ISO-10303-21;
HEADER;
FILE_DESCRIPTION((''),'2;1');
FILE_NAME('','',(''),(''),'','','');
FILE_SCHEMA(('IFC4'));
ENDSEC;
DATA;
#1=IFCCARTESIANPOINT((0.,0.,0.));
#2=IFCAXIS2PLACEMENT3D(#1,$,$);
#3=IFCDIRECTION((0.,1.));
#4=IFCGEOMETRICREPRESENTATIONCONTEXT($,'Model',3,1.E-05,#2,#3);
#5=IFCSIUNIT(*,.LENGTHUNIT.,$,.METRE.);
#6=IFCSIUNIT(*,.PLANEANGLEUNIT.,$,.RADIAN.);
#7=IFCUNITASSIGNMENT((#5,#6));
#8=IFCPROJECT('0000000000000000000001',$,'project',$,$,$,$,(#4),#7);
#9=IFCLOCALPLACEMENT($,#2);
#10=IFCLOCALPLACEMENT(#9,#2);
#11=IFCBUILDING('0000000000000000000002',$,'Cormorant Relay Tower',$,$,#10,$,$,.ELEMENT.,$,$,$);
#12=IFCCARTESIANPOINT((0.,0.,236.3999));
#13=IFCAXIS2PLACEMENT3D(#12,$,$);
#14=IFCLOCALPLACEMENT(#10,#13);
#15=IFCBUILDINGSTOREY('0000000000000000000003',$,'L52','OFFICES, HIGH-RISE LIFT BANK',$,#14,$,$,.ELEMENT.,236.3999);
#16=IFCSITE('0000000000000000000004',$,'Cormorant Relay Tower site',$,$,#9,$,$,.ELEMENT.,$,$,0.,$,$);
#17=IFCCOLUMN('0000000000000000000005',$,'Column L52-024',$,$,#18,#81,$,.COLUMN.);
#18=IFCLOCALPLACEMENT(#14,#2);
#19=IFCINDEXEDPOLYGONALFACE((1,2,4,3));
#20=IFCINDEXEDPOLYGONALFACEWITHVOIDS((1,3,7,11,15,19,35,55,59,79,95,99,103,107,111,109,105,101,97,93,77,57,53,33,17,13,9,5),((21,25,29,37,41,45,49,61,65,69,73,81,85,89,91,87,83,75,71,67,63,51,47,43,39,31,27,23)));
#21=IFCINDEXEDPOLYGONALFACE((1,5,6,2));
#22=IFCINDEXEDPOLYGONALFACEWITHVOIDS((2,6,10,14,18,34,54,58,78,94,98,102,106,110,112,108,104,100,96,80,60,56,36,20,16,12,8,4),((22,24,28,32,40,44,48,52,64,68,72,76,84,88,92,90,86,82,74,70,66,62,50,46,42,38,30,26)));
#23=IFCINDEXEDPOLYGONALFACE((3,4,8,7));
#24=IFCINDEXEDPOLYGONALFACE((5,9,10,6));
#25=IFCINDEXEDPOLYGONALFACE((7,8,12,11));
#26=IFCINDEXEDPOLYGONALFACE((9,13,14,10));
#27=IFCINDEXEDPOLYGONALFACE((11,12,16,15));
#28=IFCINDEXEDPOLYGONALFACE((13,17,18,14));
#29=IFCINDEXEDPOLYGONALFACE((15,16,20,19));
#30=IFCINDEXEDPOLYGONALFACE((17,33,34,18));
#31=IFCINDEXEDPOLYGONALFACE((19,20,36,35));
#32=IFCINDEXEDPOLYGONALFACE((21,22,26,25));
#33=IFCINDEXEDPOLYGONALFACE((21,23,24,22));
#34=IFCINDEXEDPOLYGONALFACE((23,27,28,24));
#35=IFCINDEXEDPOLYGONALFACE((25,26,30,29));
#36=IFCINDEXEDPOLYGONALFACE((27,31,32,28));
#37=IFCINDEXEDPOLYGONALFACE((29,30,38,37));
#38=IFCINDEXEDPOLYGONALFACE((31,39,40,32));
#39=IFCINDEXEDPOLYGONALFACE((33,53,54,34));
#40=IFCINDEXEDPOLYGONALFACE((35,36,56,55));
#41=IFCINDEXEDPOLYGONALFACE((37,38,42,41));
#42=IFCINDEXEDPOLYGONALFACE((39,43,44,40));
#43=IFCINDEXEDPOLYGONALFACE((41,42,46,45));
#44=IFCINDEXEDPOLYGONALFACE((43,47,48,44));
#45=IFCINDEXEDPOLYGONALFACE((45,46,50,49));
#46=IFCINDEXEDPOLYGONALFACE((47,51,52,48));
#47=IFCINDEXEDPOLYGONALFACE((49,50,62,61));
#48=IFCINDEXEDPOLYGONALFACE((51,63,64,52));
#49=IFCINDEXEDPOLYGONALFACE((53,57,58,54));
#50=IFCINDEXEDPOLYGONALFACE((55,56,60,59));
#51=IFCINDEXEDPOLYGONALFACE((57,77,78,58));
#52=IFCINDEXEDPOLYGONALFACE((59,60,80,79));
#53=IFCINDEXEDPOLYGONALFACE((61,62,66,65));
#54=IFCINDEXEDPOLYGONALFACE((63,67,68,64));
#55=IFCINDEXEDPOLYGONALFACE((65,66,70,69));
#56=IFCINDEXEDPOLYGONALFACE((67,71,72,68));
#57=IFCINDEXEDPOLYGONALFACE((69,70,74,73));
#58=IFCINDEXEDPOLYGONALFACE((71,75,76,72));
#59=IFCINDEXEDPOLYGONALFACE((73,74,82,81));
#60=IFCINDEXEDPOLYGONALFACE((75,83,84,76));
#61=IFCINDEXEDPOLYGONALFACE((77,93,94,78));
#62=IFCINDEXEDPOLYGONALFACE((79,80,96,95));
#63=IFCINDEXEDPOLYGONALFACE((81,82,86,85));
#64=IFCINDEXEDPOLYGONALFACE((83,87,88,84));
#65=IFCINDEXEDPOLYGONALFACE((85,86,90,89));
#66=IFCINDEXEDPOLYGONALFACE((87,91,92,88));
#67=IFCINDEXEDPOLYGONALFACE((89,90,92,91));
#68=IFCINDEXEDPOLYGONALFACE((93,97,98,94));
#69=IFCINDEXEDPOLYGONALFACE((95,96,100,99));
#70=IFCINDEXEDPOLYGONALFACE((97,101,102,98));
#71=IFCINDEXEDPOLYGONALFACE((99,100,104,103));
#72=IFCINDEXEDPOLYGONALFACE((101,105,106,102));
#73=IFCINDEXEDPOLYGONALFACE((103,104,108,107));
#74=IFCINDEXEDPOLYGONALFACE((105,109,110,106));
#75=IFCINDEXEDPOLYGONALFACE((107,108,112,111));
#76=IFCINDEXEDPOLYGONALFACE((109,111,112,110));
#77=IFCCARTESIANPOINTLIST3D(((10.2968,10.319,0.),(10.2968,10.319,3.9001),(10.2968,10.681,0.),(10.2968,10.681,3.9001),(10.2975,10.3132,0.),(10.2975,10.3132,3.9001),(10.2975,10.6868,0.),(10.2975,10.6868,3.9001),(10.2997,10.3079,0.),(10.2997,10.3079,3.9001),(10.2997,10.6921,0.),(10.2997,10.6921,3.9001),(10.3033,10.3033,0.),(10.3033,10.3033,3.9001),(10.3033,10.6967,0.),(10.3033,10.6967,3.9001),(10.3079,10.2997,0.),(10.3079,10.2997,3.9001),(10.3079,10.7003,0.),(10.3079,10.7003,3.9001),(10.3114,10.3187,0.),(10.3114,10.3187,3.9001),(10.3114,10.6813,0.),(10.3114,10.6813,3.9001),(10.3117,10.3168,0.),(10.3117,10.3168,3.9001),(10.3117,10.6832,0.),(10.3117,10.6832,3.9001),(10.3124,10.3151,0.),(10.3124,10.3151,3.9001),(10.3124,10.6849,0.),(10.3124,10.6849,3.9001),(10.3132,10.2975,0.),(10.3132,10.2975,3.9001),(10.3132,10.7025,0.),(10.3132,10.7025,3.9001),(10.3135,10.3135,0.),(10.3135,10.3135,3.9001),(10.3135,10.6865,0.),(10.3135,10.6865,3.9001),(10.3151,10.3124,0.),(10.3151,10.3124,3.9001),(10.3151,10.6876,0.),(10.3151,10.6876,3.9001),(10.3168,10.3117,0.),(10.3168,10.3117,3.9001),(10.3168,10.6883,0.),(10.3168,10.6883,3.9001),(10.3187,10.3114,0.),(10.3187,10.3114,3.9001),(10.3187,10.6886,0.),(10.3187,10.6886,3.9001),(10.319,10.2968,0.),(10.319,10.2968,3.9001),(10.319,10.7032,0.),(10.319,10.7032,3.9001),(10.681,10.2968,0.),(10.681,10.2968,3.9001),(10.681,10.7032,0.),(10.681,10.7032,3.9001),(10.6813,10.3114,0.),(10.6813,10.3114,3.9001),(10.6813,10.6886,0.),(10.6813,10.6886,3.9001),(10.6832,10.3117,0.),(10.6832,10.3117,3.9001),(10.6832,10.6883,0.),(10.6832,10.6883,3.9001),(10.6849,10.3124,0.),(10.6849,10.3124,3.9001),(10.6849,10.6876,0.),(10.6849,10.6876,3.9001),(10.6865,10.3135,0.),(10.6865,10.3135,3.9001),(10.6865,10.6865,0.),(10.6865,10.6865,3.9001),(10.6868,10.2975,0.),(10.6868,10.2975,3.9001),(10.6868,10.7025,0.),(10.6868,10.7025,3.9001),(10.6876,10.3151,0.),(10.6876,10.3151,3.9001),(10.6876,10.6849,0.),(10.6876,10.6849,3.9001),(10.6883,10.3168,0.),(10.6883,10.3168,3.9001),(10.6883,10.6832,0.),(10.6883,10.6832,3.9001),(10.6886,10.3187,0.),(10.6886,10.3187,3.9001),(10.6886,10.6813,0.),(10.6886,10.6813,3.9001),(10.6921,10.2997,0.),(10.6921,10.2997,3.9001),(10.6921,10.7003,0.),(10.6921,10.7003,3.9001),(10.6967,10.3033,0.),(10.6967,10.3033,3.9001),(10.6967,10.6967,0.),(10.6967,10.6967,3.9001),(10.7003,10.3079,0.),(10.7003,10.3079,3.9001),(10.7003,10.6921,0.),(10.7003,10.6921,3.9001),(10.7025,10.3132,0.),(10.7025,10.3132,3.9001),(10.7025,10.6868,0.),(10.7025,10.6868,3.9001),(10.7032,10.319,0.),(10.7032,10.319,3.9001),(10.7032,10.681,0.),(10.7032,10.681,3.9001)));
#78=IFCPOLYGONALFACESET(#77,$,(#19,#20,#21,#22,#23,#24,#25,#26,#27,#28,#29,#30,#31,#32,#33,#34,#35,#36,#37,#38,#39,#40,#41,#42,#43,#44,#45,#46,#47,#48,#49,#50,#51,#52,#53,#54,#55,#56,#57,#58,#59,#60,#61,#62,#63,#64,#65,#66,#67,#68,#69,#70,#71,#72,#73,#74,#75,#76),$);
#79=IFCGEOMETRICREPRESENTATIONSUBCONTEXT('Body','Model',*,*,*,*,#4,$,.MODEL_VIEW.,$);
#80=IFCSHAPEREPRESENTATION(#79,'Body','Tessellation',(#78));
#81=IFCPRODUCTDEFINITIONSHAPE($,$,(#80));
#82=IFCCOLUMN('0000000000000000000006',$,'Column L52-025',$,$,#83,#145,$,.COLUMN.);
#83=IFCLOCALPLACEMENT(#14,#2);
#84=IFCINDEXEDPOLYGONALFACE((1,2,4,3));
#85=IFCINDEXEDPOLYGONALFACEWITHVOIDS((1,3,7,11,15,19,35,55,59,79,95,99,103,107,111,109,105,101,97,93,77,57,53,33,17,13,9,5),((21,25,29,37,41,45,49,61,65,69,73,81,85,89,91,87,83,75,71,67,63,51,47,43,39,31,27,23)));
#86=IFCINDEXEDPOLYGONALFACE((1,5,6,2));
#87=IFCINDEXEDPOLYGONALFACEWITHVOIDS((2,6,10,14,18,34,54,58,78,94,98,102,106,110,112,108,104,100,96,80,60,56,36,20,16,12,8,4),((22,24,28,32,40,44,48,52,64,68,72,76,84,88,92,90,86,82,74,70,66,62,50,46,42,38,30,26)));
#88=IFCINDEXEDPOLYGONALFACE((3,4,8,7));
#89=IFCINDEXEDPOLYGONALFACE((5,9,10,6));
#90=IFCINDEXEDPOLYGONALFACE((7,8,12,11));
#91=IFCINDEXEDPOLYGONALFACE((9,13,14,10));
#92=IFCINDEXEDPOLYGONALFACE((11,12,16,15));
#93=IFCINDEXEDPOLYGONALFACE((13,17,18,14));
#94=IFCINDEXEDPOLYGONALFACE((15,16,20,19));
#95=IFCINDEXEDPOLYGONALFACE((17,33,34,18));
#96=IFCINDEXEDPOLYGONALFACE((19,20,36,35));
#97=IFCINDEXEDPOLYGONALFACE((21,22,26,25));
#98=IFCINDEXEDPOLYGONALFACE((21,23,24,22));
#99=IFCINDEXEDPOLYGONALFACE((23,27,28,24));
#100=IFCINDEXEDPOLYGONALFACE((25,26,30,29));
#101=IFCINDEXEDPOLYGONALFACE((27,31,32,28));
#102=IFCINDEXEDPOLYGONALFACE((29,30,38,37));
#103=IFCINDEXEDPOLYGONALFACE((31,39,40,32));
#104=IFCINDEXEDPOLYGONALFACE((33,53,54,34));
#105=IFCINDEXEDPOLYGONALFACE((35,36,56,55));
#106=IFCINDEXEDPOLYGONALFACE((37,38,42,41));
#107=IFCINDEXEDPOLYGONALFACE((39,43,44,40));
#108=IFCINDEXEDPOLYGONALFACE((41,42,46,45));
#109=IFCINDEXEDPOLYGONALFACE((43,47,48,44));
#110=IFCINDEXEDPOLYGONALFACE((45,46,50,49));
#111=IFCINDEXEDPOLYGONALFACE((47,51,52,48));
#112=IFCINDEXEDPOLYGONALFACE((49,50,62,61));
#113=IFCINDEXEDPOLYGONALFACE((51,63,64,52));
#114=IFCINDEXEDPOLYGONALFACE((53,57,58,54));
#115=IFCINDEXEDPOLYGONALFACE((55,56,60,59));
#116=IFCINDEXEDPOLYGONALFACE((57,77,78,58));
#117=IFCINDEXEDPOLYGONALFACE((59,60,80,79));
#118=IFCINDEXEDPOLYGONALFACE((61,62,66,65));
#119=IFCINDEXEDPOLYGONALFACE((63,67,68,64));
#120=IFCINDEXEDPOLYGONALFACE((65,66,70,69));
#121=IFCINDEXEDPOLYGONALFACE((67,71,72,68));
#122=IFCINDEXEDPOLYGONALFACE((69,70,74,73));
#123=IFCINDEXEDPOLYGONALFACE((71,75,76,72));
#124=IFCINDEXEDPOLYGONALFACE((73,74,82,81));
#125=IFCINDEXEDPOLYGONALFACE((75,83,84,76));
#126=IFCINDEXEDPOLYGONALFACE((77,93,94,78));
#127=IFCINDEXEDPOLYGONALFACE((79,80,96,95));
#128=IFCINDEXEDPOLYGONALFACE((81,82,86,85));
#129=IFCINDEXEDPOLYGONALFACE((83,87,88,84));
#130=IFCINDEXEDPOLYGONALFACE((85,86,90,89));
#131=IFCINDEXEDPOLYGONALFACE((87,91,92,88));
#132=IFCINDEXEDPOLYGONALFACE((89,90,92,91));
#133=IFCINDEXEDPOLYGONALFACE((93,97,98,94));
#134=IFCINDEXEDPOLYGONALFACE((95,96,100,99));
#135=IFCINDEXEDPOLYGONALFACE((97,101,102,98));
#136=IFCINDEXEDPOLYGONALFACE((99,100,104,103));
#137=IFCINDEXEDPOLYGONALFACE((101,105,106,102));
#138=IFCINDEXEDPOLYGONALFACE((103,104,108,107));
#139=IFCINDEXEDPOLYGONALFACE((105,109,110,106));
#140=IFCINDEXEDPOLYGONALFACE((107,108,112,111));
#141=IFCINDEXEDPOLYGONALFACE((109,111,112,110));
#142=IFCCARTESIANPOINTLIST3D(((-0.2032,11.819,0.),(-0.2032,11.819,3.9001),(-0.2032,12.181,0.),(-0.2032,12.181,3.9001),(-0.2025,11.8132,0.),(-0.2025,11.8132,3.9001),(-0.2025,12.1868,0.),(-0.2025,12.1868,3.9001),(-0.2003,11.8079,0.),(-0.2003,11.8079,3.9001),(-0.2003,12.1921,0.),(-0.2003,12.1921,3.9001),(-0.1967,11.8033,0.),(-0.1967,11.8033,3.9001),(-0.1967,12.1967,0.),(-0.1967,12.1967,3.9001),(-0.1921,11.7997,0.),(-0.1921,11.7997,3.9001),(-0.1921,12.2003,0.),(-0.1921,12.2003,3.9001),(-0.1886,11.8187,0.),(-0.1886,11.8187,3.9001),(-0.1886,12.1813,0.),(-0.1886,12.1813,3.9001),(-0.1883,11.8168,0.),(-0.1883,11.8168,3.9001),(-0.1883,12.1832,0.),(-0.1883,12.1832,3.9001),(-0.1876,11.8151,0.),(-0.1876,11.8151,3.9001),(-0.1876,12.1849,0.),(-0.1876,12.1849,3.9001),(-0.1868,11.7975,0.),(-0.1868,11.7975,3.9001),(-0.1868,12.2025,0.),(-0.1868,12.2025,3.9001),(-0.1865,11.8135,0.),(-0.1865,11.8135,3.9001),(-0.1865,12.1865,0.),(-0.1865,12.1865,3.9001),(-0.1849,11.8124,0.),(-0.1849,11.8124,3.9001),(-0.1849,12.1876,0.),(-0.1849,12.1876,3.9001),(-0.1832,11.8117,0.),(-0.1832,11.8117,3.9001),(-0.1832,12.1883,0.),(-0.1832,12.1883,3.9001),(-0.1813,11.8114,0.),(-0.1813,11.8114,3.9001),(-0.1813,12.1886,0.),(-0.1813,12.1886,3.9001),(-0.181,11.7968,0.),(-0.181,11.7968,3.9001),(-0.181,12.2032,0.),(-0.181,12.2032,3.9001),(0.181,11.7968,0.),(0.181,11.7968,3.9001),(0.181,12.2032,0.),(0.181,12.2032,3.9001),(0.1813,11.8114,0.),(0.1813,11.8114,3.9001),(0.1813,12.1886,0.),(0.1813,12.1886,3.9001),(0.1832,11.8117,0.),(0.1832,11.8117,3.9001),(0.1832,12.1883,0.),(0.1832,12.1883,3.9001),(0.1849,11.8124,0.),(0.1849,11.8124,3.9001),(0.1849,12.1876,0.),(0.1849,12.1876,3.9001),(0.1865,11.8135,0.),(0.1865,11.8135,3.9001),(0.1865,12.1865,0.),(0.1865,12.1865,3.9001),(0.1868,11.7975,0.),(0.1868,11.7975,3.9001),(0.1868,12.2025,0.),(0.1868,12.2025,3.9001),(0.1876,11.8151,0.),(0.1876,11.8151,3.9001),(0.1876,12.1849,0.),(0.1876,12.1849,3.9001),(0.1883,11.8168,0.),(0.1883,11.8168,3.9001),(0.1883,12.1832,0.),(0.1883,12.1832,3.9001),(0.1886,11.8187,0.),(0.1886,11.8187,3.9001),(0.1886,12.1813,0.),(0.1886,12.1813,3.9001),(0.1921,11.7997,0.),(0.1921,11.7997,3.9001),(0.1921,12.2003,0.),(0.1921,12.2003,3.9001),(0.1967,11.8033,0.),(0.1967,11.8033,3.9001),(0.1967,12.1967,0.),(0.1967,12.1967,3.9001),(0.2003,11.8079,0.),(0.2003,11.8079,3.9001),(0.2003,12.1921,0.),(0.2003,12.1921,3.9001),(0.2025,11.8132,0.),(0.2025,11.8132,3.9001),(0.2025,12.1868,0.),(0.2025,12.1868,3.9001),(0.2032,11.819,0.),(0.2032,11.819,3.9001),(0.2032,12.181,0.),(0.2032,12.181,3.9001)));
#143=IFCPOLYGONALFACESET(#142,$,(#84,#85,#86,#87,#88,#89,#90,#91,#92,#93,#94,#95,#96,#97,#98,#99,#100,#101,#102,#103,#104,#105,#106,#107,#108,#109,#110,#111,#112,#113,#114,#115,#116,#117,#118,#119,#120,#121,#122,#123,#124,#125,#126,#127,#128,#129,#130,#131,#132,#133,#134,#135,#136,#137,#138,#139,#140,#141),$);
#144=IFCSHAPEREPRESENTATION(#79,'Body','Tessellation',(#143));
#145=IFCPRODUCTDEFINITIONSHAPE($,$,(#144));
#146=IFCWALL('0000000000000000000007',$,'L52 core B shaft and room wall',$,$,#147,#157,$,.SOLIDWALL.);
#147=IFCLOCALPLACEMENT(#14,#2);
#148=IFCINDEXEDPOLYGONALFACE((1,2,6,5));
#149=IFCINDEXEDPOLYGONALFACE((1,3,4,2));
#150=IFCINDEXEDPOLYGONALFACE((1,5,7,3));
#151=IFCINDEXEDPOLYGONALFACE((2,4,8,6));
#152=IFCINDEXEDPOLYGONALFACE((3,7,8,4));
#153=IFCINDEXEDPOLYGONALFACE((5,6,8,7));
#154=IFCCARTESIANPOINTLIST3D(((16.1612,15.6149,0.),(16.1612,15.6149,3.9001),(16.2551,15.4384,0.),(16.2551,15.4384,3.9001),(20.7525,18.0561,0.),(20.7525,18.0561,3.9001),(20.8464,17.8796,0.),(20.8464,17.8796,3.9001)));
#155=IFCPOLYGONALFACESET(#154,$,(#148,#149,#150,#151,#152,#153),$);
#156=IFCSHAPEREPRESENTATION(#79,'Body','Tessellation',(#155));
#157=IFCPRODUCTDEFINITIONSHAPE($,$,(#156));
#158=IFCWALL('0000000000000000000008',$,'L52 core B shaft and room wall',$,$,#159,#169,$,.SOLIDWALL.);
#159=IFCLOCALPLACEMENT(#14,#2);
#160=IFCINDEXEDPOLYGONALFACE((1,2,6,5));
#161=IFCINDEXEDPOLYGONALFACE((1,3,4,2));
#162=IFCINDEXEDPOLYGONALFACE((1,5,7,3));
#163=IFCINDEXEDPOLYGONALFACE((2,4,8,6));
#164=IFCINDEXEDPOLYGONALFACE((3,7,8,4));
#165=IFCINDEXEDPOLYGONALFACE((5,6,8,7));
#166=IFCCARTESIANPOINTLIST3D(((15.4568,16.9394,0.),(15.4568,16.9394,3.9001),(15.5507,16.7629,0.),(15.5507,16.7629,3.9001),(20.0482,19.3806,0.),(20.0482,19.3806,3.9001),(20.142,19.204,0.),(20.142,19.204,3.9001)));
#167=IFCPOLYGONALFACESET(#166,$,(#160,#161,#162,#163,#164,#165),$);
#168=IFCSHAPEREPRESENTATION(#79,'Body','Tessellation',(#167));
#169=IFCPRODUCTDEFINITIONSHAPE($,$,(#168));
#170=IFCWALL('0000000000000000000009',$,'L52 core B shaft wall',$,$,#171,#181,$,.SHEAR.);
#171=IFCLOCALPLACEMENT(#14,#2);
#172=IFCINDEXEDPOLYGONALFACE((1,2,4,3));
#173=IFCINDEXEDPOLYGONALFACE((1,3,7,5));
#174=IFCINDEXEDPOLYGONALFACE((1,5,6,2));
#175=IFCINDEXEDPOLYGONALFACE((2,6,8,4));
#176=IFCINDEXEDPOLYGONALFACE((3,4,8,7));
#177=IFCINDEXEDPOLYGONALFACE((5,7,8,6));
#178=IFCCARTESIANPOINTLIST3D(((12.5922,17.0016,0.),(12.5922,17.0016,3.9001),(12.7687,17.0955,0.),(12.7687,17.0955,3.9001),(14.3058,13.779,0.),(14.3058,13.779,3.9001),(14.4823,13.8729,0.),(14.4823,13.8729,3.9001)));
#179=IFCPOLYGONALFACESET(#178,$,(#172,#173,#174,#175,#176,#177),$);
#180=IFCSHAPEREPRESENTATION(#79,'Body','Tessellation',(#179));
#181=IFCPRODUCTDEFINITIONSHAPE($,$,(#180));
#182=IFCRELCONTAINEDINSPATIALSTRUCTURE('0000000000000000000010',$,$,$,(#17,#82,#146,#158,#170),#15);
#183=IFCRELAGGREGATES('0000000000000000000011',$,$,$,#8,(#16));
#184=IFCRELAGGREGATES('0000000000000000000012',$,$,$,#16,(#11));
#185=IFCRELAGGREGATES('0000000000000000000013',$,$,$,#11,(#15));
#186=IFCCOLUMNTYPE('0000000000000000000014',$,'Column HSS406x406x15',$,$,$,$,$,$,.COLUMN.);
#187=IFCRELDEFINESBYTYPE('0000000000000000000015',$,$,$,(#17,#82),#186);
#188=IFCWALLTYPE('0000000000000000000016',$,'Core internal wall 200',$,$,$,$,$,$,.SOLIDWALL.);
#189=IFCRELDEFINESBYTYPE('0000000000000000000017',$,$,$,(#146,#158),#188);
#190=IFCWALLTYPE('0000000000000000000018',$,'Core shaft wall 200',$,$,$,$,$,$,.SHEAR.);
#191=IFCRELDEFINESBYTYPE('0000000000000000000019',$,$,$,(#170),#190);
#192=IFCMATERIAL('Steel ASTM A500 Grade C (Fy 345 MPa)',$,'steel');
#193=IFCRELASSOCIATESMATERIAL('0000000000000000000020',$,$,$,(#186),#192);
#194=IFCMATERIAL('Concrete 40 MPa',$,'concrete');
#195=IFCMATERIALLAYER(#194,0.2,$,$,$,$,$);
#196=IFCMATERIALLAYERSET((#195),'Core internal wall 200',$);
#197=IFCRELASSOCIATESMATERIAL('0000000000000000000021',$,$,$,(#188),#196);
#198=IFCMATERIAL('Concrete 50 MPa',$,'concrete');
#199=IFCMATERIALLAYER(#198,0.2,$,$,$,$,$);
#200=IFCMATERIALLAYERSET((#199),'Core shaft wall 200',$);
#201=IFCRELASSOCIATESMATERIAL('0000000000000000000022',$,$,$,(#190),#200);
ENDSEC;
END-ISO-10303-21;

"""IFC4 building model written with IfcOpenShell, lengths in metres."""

from ifc_helpers import new_model, si_unit, direction, frame, frame_2d, origin, origin_2d, place, context, subcontext, project, spatial, rectangle, hollow_rectangle, extrude, material, layer, layer_set, material_profile, profile_set, type_object, element, save


model = new_model("IFC4")

# Units and contexts
model_context = context("Model", 3, precision=1e-05, world=origin(), true_north=direction((0.0, 1.0)))
body_context = subcontext(model_context, "Body", "Model", "MODEL_VIEW")
ifc_project = project(units=[si_unit("LENGTHUNIT", "METRE"), si_unit("PLANEANGLEUNIT", "RADIAN")], contexts=[model_context])

# Site, building, storey
site_placement = place(None, origin())
site = spatial("IfcSite", under=ifc_project, at=site_placement, Name="Cormorant Relay Tower site", CompositionType="ELEMENT", RefElevation=0.0)
building_placement = place(site_placement, origin())
building = spatial("IfcBuilding", under=site, at=building_placement, Name="Cormorant Relay Tower", CompositionType="ELEMENT")
storey_placement = place(building_placement, frame((0.0, 0.0, 236.3999)))
storey = spatial("IfcBuildingStorey", under=building, at=storey_placement, Name="L52", Description="OFFICES, HIGH-RISE LIFT BANK", CompositionType="ELEMENT", Elevation=236.3999)

# Columns
ifc_material_1 = material(Name="Steel ASTM A500 Grade C (Fy 345 MPa)", Category="steel")
ifc_material_profile = material_profile(ifc_material_1, hollow_rectangle(XDim=0.4065, YDim=0.4065, WallThickness=0.0146, InnerFilletRadius=0.0073, OuterFilletRadius=0.0222, at=origin_2d()), Name="HSS406x406x15")
ifc_profile_set = profile_set([ifc_material_profile], Name="Steel ASTM A500 Grade C (Fy 345 MPa)")
column_type = type_object("IfcColumnType", Name="Column HSS406x406x15", PredefinedType="COLUMN", material=ifc_profile_set)
for number, where, z_axis, x_axis, name in (
    (1, (10.5, 10.5, 0.0), (0.0, 0.0, 1.0), (1.0, 0.0, 0.0), "Column L52-024"),
    (2, (0.0, 12.0, 0.0), (0.0, 0.0, 1.0), (1.0, 0.0, 0.0), "Column L52-025"),
):
    element("IfcColumn", number, at=place(storey_placement, frame(where, z_axis=z_axis, x_axis=x_axis)), inside=storey, type_object=column_type, Name=name, PredefinedType="COLUMN", context=body_context, shape_type="SweptSolid", body=[
        extrude(hollow_rectangle(XDim=0.4065, YDim=0.4065, WallThickness=0.0146, InnerFilletRadius=0.0073, OuterFilletRadius=0.0222, at=origin_2d()), origin(), (0.0, 0.0, 1.0), 3.9001),
    ])

# Walls
ifc_material_2 = material(Name="Concrete 40 MPa", Category="concrete")
ifc_layer_1 = layer(ifc_material_2, 0.2)
ifc_layer_set_1 = layer_set([ifc_layer_1], Name="Core internal wall 200")
wall_type_1 = type_object("IfcWallType", Name="Core internal wall 200", PredefinedType="SOLIDWALL", material=ifc_layer_set_1)
for number, where, z_axis, x_axis, name in (
    (3, (16.208, 15.5266, 0.0), (0.0, 0.0, 1.0), (0.882954, 0.46946, 0.0), "L52 core B shaft and room wall"),
    (4, (15.5037, 16.8511, 0.0), (0.0, 0.0, 1.0), (0.882954, 0.46946, 0.0), "L52 core B shaft and room wall"),
):
    element("IfcWall", number, at=place(storey_placement, frame(where, z_axis=z_axis, x_axis=x_axis)), inside=storey, type_object=wall_type_1, Name=name, PredefinedType="SOLIDWALL", context=body_context, shape_type="SweptSolid", body=[
        extrude(rectangle(XDim=5.2, YDim=0.2, at=frame_2d((2.6001, 0.0))), origin(), (0.0, 0.0, 1.0), 3.9001),
    ])
ifc_material_3 = material(Name="Concrete 50 MPa", Category="concrete")
ifc_layer_2 = layer(ifc_material_3, 0.2)
ifc_layer_set_2 = layer_set([ifc_layer_2], Name="Core shaft wall 200")
wall_type_2 = type_object("IfcWallType", Name="Core shaft wall 200", PredefinedType="SHEAR", material=ifc_layer_set_2)
wall_1_placement = place(storey_placement, frame((14.394, 13.8259, 0.0), z_axis=(0.0, 0.0, 1.0), x_axis=(-0.469494, 0.882936, 0.0)))
element("IfcWall", 5, at=wall_1_placement, inside=storey, type_object=wall_type_2, Name="L52 core B shaft wall", PredefinedType="SHEAR", context=body_context, shape_type="SweptSolid", body=[
    extrude(rectangle(XDim=3.6499, YDim=0.2, at=frame_2d((1.825, 0.0))), origin(), (0.0, 0.0, 1.0), 3.9001),
])

save(model, "model.ifc")
